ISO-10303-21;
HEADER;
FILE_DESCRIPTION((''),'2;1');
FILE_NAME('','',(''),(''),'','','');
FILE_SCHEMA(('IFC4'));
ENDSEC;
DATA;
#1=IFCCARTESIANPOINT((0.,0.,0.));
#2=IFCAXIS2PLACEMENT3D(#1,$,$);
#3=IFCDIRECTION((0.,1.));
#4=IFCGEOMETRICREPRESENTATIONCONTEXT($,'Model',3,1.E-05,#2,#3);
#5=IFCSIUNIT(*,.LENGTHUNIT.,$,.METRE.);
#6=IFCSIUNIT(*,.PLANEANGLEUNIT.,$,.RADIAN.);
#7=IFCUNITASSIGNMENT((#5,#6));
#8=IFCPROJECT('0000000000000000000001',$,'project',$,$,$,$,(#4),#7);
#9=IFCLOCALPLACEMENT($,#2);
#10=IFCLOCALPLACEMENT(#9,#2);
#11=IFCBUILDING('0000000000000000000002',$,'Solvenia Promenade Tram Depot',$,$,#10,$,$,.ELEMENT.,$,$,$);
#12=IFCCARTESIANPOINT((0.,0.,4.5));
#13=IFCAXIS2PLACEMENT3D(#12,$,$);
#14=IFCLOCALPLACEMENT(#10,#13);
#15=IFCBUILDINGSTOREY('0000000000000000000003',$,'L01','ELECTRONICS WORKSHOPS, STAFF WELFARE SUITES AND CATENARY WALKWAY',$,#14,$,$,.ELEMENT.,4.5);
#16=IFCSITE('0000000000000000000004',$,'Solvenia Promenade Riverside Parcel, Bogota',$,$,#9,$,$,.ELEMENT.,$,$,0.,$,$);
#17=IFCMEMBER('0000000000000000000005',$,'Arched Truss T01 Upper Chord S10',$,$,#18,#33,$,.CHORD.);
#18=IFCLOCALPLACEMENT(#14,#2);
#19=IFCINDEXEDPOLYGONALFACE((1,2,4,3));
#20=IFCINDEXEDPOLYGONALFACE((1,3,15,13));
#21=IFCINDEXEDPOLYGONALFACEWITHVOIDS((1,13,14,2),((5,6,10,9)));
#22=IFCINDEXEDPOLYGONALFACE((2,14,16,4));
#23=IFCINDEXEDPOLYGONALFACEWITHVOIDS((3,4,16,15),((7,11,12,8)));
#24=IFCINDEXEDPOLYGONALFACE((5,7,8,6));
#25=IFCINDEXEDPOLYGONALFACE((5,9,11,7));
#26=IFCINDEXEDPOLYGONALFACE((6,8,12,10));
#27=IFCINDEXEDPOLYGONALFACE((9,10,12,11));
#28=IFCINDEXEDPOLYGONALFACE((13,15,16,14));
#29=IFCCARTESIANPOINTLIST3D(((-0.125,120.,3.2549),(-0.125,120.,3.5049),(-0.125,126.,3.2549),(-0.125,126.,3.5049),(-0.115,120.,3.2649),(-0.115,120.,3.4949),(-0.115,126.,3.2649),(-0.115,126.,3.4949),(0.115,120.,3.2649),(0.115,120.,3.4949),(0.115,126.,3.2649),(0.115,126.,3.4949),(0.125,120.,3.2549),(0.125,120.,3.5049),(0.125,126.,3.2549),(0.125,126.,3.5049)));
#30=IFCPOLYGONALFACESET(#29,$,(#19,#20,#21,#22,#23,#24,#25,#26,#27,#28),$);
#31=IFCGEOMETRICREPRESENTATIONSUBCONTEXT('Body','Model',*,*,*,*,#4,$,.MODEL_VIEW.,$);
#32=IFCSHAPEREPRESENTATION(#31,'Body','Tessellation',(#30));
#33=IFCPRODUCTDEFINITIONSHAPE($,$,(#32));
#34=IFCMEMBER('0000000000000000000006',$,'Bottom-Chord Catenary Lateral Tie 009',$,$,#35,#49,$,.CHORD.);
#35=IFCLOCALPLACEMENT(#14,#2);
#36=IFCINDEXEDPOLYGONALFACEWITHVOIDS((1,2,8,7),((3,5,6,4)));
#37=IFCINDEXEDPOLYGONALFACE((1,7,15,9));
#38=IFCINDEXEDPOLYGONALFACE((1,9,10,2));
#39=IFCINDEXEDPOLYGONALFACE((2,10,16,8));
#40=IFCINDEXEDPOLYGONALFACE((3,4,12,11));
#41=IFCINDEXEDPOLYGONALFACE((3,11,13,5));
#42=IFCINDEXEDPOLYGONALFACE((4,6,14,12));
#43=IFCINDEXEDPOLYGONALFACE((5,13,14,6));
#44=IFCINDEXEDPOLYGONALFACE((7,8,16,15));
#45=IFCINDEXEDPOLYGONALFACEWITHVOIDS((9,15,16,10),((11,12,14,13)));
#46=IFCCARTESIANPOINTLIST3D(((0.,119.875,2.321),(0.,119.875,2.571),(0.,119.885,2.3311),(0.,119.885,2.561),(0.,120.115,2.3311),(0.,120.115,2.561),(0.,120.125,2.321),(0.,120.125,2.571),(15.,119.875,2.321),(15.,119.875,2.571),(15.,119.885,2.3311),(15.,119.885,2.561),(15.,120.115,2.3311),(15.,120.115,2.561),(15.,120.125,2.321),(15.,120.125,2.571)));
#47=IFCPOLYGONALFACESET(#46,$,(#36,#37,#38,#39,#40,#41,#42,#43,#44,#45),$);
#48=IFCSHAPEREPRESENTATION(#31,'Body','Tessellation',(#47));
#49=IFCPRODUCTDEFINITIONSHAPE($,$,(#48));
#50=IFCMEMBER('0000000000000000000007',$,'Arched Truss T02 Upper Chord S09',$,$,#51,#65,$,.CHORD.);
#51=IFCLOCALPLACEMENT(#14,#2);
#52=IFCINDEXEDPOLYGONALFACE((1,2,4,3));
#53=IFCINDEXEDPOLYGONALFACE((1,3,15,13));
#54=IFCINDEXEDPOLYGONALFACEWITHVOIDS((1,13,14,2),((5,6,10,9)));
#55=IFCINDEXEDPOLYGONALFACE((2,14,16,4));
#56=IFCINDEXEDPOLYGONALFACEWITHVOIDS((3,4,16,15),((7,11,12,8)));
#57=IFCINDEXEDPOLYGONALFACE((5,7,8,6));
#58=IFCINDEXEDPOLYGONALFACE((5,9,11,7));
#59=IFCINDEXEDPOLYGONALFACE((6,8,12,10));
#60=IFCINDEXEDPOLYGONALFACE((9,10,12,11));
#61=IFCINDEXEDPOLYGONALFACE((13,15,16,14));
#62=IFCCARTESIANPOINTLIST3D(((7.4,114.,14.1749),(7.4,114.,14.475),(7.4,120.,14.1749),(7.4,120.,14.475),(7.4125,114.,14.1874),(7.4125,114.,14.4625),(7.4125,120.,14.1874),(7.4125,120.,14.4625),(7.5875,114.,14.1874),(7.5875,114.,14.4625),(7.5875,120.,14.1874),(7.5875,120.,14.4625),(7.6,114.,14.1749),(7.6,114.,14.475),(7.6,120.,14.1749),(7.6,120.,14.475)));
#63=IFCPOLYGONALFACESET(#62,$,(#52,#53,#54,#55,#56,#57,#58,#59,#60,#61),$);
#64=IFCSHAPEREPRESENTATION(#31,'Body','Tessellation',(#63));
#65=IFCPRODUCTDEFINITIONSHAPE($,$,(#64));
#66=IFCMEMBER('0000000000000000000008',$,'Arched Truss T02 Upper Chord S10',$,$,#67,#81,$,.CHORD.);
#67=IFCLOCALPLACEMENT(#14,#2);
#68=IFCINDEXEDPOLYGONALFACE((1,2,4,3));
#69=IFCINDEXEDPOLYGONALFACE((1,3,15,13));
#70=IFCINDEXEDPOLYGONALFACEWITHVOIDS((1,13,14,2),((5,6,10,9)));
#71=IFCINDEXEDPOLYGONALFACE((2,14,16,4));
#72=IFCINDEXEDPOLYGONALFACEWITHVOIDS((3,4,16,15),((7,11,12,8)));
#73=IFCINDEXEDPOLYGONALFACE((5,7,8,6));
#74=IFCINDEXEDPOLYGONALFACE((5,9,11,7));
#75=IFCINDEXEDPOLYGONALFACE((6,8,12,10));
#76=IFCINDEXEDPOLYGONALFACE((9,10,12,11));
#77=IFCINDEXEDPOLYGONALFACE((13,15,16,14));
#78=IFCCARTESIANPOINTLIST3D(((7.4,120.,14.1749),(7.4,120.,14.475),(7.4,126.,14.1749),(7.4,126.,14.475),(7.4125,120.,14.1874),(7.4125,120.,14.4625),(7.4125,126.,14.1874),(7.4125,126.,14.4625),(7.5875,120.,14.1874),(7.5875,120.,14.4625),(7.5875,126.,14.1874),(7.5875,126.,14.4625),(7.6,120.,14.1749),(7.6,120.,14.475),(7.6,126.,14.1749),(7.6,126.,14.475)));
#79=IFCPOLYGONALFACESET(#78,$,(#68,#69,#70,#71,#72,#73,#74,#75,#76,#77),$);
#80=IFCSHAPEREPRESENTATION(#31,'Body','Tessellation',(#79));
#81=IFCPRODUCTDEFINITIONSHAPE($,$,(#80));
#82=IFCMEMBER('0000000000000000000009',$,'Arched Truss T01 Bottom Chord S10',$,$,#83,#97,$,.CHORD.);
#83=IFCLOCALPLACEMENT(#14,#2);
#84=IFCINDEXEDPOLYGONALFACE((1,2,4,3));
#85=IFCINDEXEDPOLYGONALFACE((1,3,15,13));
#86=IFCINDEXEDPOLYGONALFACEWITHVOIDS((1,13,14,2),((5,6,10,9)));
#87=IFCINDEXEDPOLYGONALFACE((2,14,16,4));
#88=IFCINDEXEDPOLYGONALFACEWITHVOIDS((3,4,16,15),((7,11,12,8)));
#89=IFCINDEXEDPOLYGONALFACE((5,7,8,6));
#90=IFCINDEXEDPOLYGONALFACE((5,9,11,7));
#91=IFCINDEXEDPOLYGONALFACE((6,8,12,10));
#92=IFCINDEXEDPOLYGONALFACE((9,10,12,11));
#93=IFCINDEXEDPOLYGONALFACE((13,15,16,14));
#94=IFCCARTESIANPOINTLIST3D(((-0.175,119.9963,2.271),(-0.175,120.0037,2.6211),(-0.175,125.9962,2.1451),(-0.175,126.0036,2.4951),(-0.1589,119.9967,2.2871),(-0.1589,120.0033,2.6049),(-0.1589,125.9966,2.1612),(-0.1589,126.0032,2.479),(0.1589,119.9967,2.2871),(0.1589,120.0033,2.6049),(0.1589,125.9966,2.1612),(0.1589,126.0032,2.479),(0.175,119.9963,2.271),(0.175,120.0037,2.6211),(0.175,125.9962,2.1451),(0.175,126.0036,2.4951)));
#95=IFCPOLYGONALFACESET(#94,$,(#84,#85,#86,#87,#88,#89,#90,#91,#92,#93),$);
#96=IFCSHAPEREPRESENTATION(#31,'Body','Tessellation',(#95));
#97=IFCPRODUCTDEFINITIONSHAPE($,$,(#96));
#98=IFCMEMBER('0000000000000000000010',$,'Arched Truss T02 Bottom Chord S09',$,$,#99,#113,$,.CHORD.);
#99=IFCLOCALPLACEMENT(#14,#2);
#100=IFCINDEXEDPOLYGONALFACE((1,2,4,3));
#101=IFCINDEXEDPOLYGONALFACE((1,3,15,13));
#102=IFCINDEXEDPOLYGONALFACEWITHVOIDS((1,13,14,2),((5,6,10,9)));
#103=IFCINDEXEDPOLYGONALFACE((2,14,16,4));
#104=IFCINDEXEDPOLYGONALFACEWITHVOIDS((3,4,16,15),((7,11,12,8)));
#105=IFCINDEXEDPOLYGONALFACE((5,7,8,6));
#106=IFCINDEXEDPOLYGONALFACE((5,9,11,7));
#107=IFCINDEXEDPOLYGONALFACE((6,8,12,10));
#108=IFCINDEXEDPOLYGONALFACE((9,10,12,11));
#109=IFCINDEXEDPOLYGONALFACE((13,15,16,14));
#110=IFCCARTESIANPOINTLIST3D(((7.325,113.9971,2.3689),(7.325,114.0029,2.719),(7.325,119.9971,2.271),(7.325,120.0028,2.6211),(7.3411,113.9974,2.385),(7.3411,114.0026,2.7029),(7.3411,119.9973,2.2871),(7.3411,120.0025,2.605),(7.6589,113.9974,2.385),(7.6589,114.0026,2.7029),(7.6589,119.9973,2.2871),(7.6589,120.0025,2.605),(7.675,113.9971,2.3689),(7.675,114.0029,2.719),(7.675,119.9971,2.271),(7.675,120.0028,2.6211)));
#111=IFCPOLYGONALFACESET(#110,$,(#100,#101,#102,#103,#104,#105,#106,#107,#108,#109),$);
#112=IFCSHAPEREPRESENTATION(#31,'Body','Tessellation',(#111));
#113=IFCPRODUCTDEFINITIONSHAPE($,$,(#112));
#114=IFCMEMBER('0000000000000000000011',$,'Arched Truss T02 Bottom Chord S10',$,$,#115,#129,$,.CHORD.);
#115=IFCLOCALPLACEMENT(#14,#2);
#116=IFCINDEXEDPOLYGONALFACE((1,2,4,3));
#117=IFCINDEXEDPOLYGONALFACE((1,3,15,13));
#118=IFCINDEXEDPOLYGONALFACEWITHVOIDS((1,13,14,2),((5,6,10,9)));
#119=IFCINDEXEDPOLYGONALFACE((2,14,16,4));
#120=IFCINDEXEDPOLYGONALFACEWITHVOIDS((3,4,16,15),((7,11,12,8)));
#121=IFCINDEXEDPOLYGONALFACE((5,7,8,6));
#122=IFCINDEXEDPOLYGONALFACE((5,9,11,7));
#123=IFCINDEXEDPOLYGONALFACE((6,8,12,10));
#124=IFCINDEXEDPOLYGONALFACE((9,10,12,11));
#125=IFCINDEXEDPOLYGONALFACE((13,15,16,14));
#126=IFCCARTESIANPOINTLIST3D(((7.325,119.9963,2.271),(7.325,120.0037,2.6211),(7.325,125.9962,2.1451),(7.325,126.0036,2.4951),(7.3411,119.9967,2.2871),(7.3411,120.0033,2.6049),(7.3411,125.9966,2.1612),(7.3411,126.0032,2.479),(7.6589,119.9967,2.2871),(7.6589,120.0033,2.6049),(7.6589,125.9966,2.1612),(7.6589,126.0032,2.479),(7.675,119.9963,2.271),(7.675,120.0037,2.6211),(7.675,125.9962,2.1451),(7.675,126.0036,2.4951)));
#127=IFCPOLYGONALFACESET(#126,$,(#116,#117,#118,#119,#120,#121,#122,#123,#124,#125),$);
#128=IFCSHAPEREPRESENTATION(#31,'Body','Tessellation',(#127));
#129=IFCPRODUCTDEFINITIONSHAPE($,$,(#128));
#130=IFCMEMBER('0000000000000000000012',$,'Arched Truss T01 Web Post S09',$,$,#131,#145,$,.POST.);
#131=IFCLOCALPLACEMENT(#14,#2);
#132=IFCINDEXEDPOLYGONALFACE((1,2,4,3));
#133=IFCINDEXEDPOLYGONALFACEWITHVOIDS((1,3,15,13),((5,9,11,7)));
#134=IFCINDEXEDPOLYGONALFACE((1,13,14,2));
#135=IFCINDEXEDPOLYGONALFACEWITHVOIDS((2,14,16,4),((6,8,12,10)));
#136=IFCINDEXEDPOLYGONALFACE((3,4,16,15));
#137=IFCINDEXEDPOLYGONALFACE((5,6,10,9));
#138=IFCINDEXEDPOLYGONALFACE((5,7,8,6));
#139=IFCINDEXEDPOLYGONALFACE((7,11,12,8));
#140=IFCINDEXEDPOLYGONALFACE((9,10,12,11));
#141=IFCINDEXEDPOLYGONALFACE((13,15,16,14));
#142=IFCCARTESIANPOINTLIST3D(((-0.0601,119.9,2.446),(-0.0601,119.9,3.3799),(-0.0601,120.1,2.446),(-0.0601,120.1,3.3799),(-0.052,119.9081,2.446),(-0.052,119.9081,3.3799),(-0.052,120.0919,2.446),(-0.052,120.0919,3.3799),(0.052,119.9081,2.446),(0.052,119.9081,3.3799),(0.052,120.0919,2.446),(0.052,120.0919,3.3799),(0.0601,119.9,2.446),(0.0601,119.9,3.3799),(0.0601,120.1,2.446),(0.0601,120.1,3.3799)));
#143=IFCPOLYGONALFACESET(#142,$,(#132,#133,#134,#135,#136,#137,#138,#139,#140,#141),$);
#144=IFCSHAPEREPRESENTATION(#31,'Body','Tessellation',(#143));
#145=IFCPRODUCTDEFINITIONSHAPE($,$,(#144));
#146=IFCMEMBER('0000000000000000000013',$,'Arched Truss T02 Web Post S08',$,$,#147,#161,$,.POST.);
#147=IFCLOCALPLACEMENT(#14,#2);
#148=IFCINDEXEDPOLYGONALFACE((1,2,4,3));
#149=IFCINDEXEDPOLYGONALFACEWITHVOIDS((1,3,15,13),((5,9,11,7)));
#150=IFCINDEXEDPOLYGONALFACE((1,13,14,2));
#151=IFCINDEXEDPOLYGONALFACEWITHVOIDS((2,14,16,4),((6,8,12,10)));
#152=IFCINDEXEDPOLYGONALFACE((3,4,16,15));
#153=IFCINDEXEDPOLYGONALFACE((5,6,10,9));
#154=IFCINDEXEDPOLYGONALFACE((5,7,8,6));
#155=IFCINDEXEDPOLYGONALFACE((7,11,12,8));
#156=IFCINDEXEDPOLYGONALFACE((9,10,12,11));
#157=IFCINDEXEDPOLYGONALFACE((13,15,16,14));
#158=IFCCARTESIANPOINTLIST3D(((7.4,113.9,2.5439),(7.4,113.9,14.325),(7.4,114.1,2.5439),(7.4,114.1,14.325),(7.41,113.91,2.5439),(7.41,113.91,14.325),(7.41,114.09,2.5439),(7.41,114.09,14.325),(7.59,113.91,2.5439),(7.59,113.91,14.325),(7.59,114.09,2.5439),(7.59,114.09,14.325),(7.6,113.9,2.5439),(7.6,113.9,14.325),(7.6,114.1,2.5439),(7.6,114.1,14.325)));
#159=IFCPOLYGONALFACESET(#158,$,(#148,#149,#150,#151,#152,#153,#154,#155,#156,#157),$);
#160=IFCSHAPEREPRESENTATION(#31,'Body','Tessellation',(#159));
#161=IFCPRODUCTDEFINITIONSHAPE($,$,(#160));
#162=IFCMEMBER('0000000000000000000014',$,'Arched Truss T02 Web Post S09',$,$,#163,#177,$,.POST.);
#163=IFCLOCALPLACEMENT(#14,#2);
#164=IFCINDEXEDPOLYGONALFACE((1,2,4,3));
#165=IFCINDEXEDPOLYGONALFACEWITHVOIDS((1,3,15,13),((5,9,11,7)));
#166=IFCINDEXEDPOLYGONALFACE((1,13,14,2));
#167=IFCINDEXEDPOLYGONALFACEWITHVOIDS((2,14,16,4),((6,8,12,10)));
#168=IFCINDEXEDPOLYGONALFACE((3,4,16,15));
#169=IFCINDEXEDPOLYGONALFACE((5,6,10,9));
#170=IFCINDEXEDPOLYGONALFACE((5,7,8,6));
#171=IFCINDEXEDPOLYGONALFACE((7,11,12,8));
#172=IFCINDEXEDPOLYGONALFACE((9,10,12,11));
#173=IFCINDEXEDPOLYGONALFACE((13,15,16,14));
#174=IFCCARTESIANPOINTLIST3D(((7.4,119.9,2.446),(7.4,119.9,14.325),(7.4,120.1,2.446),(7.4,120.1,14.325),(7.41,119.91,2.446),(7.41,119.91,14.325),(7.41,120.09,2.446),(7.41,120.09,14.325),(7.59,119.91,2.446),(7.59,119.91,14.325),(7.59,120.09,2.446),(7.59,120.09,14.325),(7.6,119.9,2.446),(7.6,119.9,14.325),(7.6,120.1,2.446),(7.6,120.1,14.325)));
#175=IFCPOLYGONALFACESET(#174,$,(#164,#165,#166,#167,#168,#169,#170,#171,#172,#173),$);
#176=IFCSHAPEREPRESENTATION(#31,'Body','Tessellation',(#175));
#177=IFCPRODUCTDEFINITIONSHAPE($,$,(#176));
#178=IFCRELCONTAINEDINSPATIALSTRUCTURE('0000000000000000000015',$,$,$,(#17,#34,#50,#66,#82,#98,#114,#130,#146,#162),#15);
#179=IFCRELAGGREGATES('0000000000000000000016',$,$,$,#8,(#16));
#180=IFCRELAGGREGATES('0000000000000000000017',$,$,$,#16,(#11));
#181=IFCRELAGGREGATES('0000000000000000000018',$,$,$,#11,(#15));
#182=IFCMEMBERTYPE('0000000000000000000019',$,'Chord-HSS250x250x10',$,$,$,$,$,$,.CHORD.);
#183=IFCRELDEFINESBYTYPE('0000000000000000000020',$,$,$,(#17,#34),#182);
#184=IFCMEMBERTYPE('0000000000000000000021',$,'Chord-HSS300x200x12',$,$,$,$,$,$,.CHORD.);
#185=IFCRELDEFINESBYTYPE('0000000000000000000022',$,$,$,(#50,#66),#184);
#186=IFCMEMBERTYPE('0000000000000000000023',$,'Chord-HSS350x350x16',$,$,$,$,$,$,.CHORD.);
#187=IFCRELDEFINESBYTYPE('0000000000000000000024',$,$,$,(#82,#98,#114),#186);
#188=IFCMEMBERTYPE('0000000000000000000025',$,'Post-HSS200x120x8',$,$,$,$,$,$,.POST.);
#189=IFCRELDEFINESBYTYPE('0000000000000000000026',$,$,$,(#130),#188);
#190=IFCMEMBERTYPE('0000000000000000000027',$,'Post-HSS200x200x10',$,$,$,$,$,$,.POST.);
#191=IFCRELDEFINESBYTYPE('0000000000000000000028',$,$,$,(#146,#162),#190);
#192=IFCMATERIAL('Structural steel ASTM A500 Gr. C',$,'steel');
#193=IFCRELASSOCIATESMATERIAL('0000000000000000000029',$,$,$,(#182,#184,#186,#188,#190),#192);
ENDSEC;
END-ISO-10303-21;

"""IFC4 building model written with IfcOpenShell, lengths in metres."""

from ifc_helpers import new_model, si_unit, direction, frame, origin, origin_2d, place, context, subcontext, project, spatial, hollow_rectangle, extrude, material, material_profile, profile_set, type_object, element, save


model = new_model("IFC4")

# Units and contexts
model_context = context("Model", 3, precision=1e-05, world=origin(), true_north=direction((0.0, 1.0)))
body_context = subcontext(model_context, "Body", "Model", "MODEL_VIEW")
ifc_project = project(units=[si_unit("LENGTHUNIT", "METRE"), si_unit("PLANEANGLEUNIT", "RADIAN")], contexts=[model_context])

# Site, building, storey
site_placement = place(None, origin())
site = spatial("IfcSite", under=ifc_project, at=site_placement, Name="Solvenia Promenade Riverside Parcel, Bogota", CompositionType="ELEMENT", RefElevation=0.0)
building_placement = place(site_placement, origin())
building = spatial("IfcBuilding", under=site, at=building_placement, Name="Solvenia Promenade Tram Depot", CompositionType="ELEMENT")
storey_placement = place(building_placement, frame((0.0, 0.0, 4.5)))
storey = spatial("IfcBuildingStorey", under=building, at=storey_placement, Name="L01", Description="ELECTRONICS WORKSHOPS, STAFF WELFARE SUITES AND CATENARY WALKWAY", CompositionType="ELEMENT", Elevation=4.5)

# Members
ifc_material_1 = material(Name="Structural steel ASTM A500 Gr. C", Category="steel")
ifc_material_profile_1 = material_profile(ifc_material_1, hollow_rectangle(XDim=0.25, YDim=0.25, WallThickness=0.01, at=origin_2d()), Name="HSS250x250x10", Category="steel")
ifc_profile_set_1 = profile_set([ifc_material_profile_1], Name="Structural steel ASTM A500 Gr. C")
member_type_1 = type_object("IfcMemberType", Name="Chord-HSS250x250x10", PredefinedType="CHORD", material=ifc_profile_set_1)
member_1_placement = place(storey_placement, frame((0.0, 120.0, 3.3799), z_axis=(0.0, 1.0, 0.0), x_axis=(-1.0, 0.0, 0.0)))
element("IfcMember", 1, at=member_1_placement, inside=storey, type_object=member_type_1, Name="Arched Truss T01 Upper Chord S10", PredefinedType="CHORD", context=body_context, shape_type="SweptSolid", body=[
    extrude(hollow_rectangle(XDim=0.25, YDim=0.25, WallThickness=0.01, at=origin_2d()), origin(), (0.0, 0.0, 1.0), 6.0),
])
member_2_placement = place(storey_placement, frame((0.0, 120.0, 2.446), z_axis=(1.0, 0.0, 0.0), x_axis=(0.0, 1.0, 0.0)))
element("IfcMember", 2, at=member_2_placement, inside=storey, type_object=member_type_1, Name="Bottom-Chord Catenary Lateral Tie 009", PredefinedType="CHORD", context=body_context, shape_type="SweptSolid", body=[
    extrude(hollow_rectangle(XDim=0.25, YDim=0.25, WallThickness=0.01, at=origin_2d()), origin(), (0.0, 0.0, 1.0), 15.0),
])
ifc_material_profile_2 = material_profile(ifc_material_1, hollow_rectangle(XDim=0.2, YDim=0.3, WallThickness=0.0125, at=origin_2d()), Name="HSS300x200x12.5", Category="steel")
ifc_profile_set_2 = profile_set([ifc_material_profile_2], Name="Structural steel ASTM A500 Gr. C")
member_type_2 = type_object("IfcMemberType", Name="Chord-HSS300x200x12", PredefinedType="CHORD", material=ifc_profile_set_2)
for number, where, z_axis, x_axis, name in (
    (3, (7.5, 114.0, 14.325), (0.0, 1.0, 0.0), (-1.0, 0.0, 0.0), "Arched Truss T02 Upper Chord S09"),
    (4, (7.5, 120.0, 14.325), (0.0, 1.0, 0.0), (-1.0, 0.0, 0.0), "Arched Truss T02 Upper Chord S10"),
):
    element("IfcMember", number, at=place(storey_placement, frame(where, z_axis=z_axis, x_axis=x_axis)), inside=storey, type_object=member_type_2, Name=name, PredefinedType="CHORD", context=body_context, shape_type="SweptSolid", body=[
        extrude(hollow_rectangle(XDim=0.2, YDim=0.3, WallThickness=0.0125, at=origin_2d()), origin(), (0.0, 0.0, 1.0), 6.0),
    ])
ifc_material_profile_3 = material_profile(ifc_material_1, hollow_rectangle(XDim=0.3501, YDim=0.3501, WallThickness=0.0161, at=origin_2d()), Name="HSS350x350x16", Category="steel")
ifc_profile_set_3 = profile_set([ifc_material_profile_3], Name="Structural steel ASTM A500 Gr. C")
member_type_3 = type_object("IfcMemberType", Name="Chord-HSS350x350x16", PredefinedType="CHORD", material=ifc_profile_set_3)
member_3_placement = place(storey_placement, frame((0.0, 120.0, 2.446), z_axis=(0.0, 0.99978, -0.020991), x_axis=(-1.0, 0.0, 0.0)))
element("IfcMember", 5, at=member_3_placement, inside=storey, type_object=member_type_3, Name="Arched Truss T01 Bottom Chord S10", PredefinedType="CHORD", context=body_context, shape_type="SweptSolid", body=[
    extrude(hollow_rectangle(XDim=0.3501, YDim=0.3501, WallThickness=0.0161, at=origin_2d()), origin(), (0.0, 0.0, 1.0), 6.0012),
])
member_4_placement = place(storey_placement, frame((7.5, 114.0, 2.5439), z_axis=(0.0, 0.999867, -0.016315), x_axis=(-1.0, 0.0, 0.0)))
element("IfcMember", 6, at=member_4_placement, inside=storey, type_object=member_type_3, Name="Arched Truss T02 Bottom Chord S09", PredefinedType="CHORD", context=body_context, shape_type="SweptSolid", body=[
    extrude(hollow_rectangle(XDim=0.3501, YDim=0.3501, WallThickness=0.0161, at=origin_2d()), origin(), (0.0, 0.0, 1.0), 6.0007),
])
member_5_placement = place(storey_placement, frame((7.5, 120.0, 2.446), z_axis=(0.0, 0.99978, -0.020991), x_axis=(-1.0, 0.0, 0.0)))
element("IfcMember", 7, at=member_5_placement, inside=storey, type_object=member_type_3, Name="Arched Truss T02 Bottom Chord S10", PredefinedType="CHORD", context=body_context, shape_type="SweptSolid", body=[
    extrude(hollow_rectangle(XDim=0.3501, YDim=0.3501, WallThickness=0.0161, at=origin_2d()), origin(), (0.0, 0.0, 1.0), 6.0012),
])
ifc_material_profile_4 = material_profile(ifc_material_1, hollow_rectangle(XDim=0.1201, YDim=0.2, WallThickness=0.0081, at=origin_2d()), Name="HSS200x120x8", Category="steel")
ifc_profile_set_4 = profile_set([ifc_material_profile_4], Name="Structural steel ASTM A500 Gr. C")
member_type_4 = type_object("IfcMemberType", Name="Post-HSS200x120x8", PredefinedType="POST", material=ifc_profile_set_4)
member_6_placement = place(storey_placement, frame((0.0, 120.0, 2.446), z_axis=(0.0, 0.0, 1.0), x_axis=(1.0, 0.0, 0.0)))
element("IfcMember", 8, at=member_6_placement, inside=storey, type_object=member_type_4, Name="Arched Truss T01 Web Post S09", PredefinedType="POST", context=body_context, shape_type="SweptSolid", body=[
    extrude(hollow_rectangle(XDim=0.1201, YDim=0.2, WallThickness=0.0081, at=origin_2d()), origin(), (0.0, 0.0, 1.0), 0.9338),
])
ifc_material_profile_5 = material_profile(ifc_material_1, hollow_rectangle(XDim=0.2, YDim=0.2, WallThickness=0.01, at=origin_2d()), Name="HSS200x200x10", Category="steel")
ifc_profile_set_5 = profile_set([ifc_material_profile_5], Name="Structural steel ASTM A500 Gr. C")
member_type_5 = type_object("IfcMemberType", Name="Post-HSS200x200x10", PredefinedType="POST", material=ifc_profile_set_5)
member_7_placement = place(storey_placement, frame((7.5, 114.0, 2.5439), z_axis=(0.0, 0.0, 1.0), x_axis=(1.0, 0.0, 0.0)))
element("IfcMember", 9, at=member_7_placement, inside=storey, type_object=member_type_5, Name="Arched Truss T02 Web Post S08", PredefinedType="POST", context=body_context, shape_type="SweptSolid", body=[
    extrude(hollow_rectangle(XDim=0.2, YDim=0.2, WallThickness=0.01, at=origin_2d()), origin(), (0.0, 0.0, 1.0), 11.781),
])
member_8_placement = place(storey_placement, frame((7.5, 120.0, 2.446), z_axis=(0.0, 0.0, 1.0), x_axis=(1.0, 0.0, 0.0)))
element("IfcMember", 10, at=member_8_placement, inside=storey, type_object=member_type_5, Name="Arched Truss T02 Web Post S09", PredefinedType="POST", context=body_context, shape_type="SweptSolid", body=[
    extrude(hollow_rectangle(XDim=0.2, YDim=0.2, WallThickness=0.01, at=origin_2d()), origin(), (0.0, 0.0, 1.0), 11.8789),
])

save(model, "model.ifc")
